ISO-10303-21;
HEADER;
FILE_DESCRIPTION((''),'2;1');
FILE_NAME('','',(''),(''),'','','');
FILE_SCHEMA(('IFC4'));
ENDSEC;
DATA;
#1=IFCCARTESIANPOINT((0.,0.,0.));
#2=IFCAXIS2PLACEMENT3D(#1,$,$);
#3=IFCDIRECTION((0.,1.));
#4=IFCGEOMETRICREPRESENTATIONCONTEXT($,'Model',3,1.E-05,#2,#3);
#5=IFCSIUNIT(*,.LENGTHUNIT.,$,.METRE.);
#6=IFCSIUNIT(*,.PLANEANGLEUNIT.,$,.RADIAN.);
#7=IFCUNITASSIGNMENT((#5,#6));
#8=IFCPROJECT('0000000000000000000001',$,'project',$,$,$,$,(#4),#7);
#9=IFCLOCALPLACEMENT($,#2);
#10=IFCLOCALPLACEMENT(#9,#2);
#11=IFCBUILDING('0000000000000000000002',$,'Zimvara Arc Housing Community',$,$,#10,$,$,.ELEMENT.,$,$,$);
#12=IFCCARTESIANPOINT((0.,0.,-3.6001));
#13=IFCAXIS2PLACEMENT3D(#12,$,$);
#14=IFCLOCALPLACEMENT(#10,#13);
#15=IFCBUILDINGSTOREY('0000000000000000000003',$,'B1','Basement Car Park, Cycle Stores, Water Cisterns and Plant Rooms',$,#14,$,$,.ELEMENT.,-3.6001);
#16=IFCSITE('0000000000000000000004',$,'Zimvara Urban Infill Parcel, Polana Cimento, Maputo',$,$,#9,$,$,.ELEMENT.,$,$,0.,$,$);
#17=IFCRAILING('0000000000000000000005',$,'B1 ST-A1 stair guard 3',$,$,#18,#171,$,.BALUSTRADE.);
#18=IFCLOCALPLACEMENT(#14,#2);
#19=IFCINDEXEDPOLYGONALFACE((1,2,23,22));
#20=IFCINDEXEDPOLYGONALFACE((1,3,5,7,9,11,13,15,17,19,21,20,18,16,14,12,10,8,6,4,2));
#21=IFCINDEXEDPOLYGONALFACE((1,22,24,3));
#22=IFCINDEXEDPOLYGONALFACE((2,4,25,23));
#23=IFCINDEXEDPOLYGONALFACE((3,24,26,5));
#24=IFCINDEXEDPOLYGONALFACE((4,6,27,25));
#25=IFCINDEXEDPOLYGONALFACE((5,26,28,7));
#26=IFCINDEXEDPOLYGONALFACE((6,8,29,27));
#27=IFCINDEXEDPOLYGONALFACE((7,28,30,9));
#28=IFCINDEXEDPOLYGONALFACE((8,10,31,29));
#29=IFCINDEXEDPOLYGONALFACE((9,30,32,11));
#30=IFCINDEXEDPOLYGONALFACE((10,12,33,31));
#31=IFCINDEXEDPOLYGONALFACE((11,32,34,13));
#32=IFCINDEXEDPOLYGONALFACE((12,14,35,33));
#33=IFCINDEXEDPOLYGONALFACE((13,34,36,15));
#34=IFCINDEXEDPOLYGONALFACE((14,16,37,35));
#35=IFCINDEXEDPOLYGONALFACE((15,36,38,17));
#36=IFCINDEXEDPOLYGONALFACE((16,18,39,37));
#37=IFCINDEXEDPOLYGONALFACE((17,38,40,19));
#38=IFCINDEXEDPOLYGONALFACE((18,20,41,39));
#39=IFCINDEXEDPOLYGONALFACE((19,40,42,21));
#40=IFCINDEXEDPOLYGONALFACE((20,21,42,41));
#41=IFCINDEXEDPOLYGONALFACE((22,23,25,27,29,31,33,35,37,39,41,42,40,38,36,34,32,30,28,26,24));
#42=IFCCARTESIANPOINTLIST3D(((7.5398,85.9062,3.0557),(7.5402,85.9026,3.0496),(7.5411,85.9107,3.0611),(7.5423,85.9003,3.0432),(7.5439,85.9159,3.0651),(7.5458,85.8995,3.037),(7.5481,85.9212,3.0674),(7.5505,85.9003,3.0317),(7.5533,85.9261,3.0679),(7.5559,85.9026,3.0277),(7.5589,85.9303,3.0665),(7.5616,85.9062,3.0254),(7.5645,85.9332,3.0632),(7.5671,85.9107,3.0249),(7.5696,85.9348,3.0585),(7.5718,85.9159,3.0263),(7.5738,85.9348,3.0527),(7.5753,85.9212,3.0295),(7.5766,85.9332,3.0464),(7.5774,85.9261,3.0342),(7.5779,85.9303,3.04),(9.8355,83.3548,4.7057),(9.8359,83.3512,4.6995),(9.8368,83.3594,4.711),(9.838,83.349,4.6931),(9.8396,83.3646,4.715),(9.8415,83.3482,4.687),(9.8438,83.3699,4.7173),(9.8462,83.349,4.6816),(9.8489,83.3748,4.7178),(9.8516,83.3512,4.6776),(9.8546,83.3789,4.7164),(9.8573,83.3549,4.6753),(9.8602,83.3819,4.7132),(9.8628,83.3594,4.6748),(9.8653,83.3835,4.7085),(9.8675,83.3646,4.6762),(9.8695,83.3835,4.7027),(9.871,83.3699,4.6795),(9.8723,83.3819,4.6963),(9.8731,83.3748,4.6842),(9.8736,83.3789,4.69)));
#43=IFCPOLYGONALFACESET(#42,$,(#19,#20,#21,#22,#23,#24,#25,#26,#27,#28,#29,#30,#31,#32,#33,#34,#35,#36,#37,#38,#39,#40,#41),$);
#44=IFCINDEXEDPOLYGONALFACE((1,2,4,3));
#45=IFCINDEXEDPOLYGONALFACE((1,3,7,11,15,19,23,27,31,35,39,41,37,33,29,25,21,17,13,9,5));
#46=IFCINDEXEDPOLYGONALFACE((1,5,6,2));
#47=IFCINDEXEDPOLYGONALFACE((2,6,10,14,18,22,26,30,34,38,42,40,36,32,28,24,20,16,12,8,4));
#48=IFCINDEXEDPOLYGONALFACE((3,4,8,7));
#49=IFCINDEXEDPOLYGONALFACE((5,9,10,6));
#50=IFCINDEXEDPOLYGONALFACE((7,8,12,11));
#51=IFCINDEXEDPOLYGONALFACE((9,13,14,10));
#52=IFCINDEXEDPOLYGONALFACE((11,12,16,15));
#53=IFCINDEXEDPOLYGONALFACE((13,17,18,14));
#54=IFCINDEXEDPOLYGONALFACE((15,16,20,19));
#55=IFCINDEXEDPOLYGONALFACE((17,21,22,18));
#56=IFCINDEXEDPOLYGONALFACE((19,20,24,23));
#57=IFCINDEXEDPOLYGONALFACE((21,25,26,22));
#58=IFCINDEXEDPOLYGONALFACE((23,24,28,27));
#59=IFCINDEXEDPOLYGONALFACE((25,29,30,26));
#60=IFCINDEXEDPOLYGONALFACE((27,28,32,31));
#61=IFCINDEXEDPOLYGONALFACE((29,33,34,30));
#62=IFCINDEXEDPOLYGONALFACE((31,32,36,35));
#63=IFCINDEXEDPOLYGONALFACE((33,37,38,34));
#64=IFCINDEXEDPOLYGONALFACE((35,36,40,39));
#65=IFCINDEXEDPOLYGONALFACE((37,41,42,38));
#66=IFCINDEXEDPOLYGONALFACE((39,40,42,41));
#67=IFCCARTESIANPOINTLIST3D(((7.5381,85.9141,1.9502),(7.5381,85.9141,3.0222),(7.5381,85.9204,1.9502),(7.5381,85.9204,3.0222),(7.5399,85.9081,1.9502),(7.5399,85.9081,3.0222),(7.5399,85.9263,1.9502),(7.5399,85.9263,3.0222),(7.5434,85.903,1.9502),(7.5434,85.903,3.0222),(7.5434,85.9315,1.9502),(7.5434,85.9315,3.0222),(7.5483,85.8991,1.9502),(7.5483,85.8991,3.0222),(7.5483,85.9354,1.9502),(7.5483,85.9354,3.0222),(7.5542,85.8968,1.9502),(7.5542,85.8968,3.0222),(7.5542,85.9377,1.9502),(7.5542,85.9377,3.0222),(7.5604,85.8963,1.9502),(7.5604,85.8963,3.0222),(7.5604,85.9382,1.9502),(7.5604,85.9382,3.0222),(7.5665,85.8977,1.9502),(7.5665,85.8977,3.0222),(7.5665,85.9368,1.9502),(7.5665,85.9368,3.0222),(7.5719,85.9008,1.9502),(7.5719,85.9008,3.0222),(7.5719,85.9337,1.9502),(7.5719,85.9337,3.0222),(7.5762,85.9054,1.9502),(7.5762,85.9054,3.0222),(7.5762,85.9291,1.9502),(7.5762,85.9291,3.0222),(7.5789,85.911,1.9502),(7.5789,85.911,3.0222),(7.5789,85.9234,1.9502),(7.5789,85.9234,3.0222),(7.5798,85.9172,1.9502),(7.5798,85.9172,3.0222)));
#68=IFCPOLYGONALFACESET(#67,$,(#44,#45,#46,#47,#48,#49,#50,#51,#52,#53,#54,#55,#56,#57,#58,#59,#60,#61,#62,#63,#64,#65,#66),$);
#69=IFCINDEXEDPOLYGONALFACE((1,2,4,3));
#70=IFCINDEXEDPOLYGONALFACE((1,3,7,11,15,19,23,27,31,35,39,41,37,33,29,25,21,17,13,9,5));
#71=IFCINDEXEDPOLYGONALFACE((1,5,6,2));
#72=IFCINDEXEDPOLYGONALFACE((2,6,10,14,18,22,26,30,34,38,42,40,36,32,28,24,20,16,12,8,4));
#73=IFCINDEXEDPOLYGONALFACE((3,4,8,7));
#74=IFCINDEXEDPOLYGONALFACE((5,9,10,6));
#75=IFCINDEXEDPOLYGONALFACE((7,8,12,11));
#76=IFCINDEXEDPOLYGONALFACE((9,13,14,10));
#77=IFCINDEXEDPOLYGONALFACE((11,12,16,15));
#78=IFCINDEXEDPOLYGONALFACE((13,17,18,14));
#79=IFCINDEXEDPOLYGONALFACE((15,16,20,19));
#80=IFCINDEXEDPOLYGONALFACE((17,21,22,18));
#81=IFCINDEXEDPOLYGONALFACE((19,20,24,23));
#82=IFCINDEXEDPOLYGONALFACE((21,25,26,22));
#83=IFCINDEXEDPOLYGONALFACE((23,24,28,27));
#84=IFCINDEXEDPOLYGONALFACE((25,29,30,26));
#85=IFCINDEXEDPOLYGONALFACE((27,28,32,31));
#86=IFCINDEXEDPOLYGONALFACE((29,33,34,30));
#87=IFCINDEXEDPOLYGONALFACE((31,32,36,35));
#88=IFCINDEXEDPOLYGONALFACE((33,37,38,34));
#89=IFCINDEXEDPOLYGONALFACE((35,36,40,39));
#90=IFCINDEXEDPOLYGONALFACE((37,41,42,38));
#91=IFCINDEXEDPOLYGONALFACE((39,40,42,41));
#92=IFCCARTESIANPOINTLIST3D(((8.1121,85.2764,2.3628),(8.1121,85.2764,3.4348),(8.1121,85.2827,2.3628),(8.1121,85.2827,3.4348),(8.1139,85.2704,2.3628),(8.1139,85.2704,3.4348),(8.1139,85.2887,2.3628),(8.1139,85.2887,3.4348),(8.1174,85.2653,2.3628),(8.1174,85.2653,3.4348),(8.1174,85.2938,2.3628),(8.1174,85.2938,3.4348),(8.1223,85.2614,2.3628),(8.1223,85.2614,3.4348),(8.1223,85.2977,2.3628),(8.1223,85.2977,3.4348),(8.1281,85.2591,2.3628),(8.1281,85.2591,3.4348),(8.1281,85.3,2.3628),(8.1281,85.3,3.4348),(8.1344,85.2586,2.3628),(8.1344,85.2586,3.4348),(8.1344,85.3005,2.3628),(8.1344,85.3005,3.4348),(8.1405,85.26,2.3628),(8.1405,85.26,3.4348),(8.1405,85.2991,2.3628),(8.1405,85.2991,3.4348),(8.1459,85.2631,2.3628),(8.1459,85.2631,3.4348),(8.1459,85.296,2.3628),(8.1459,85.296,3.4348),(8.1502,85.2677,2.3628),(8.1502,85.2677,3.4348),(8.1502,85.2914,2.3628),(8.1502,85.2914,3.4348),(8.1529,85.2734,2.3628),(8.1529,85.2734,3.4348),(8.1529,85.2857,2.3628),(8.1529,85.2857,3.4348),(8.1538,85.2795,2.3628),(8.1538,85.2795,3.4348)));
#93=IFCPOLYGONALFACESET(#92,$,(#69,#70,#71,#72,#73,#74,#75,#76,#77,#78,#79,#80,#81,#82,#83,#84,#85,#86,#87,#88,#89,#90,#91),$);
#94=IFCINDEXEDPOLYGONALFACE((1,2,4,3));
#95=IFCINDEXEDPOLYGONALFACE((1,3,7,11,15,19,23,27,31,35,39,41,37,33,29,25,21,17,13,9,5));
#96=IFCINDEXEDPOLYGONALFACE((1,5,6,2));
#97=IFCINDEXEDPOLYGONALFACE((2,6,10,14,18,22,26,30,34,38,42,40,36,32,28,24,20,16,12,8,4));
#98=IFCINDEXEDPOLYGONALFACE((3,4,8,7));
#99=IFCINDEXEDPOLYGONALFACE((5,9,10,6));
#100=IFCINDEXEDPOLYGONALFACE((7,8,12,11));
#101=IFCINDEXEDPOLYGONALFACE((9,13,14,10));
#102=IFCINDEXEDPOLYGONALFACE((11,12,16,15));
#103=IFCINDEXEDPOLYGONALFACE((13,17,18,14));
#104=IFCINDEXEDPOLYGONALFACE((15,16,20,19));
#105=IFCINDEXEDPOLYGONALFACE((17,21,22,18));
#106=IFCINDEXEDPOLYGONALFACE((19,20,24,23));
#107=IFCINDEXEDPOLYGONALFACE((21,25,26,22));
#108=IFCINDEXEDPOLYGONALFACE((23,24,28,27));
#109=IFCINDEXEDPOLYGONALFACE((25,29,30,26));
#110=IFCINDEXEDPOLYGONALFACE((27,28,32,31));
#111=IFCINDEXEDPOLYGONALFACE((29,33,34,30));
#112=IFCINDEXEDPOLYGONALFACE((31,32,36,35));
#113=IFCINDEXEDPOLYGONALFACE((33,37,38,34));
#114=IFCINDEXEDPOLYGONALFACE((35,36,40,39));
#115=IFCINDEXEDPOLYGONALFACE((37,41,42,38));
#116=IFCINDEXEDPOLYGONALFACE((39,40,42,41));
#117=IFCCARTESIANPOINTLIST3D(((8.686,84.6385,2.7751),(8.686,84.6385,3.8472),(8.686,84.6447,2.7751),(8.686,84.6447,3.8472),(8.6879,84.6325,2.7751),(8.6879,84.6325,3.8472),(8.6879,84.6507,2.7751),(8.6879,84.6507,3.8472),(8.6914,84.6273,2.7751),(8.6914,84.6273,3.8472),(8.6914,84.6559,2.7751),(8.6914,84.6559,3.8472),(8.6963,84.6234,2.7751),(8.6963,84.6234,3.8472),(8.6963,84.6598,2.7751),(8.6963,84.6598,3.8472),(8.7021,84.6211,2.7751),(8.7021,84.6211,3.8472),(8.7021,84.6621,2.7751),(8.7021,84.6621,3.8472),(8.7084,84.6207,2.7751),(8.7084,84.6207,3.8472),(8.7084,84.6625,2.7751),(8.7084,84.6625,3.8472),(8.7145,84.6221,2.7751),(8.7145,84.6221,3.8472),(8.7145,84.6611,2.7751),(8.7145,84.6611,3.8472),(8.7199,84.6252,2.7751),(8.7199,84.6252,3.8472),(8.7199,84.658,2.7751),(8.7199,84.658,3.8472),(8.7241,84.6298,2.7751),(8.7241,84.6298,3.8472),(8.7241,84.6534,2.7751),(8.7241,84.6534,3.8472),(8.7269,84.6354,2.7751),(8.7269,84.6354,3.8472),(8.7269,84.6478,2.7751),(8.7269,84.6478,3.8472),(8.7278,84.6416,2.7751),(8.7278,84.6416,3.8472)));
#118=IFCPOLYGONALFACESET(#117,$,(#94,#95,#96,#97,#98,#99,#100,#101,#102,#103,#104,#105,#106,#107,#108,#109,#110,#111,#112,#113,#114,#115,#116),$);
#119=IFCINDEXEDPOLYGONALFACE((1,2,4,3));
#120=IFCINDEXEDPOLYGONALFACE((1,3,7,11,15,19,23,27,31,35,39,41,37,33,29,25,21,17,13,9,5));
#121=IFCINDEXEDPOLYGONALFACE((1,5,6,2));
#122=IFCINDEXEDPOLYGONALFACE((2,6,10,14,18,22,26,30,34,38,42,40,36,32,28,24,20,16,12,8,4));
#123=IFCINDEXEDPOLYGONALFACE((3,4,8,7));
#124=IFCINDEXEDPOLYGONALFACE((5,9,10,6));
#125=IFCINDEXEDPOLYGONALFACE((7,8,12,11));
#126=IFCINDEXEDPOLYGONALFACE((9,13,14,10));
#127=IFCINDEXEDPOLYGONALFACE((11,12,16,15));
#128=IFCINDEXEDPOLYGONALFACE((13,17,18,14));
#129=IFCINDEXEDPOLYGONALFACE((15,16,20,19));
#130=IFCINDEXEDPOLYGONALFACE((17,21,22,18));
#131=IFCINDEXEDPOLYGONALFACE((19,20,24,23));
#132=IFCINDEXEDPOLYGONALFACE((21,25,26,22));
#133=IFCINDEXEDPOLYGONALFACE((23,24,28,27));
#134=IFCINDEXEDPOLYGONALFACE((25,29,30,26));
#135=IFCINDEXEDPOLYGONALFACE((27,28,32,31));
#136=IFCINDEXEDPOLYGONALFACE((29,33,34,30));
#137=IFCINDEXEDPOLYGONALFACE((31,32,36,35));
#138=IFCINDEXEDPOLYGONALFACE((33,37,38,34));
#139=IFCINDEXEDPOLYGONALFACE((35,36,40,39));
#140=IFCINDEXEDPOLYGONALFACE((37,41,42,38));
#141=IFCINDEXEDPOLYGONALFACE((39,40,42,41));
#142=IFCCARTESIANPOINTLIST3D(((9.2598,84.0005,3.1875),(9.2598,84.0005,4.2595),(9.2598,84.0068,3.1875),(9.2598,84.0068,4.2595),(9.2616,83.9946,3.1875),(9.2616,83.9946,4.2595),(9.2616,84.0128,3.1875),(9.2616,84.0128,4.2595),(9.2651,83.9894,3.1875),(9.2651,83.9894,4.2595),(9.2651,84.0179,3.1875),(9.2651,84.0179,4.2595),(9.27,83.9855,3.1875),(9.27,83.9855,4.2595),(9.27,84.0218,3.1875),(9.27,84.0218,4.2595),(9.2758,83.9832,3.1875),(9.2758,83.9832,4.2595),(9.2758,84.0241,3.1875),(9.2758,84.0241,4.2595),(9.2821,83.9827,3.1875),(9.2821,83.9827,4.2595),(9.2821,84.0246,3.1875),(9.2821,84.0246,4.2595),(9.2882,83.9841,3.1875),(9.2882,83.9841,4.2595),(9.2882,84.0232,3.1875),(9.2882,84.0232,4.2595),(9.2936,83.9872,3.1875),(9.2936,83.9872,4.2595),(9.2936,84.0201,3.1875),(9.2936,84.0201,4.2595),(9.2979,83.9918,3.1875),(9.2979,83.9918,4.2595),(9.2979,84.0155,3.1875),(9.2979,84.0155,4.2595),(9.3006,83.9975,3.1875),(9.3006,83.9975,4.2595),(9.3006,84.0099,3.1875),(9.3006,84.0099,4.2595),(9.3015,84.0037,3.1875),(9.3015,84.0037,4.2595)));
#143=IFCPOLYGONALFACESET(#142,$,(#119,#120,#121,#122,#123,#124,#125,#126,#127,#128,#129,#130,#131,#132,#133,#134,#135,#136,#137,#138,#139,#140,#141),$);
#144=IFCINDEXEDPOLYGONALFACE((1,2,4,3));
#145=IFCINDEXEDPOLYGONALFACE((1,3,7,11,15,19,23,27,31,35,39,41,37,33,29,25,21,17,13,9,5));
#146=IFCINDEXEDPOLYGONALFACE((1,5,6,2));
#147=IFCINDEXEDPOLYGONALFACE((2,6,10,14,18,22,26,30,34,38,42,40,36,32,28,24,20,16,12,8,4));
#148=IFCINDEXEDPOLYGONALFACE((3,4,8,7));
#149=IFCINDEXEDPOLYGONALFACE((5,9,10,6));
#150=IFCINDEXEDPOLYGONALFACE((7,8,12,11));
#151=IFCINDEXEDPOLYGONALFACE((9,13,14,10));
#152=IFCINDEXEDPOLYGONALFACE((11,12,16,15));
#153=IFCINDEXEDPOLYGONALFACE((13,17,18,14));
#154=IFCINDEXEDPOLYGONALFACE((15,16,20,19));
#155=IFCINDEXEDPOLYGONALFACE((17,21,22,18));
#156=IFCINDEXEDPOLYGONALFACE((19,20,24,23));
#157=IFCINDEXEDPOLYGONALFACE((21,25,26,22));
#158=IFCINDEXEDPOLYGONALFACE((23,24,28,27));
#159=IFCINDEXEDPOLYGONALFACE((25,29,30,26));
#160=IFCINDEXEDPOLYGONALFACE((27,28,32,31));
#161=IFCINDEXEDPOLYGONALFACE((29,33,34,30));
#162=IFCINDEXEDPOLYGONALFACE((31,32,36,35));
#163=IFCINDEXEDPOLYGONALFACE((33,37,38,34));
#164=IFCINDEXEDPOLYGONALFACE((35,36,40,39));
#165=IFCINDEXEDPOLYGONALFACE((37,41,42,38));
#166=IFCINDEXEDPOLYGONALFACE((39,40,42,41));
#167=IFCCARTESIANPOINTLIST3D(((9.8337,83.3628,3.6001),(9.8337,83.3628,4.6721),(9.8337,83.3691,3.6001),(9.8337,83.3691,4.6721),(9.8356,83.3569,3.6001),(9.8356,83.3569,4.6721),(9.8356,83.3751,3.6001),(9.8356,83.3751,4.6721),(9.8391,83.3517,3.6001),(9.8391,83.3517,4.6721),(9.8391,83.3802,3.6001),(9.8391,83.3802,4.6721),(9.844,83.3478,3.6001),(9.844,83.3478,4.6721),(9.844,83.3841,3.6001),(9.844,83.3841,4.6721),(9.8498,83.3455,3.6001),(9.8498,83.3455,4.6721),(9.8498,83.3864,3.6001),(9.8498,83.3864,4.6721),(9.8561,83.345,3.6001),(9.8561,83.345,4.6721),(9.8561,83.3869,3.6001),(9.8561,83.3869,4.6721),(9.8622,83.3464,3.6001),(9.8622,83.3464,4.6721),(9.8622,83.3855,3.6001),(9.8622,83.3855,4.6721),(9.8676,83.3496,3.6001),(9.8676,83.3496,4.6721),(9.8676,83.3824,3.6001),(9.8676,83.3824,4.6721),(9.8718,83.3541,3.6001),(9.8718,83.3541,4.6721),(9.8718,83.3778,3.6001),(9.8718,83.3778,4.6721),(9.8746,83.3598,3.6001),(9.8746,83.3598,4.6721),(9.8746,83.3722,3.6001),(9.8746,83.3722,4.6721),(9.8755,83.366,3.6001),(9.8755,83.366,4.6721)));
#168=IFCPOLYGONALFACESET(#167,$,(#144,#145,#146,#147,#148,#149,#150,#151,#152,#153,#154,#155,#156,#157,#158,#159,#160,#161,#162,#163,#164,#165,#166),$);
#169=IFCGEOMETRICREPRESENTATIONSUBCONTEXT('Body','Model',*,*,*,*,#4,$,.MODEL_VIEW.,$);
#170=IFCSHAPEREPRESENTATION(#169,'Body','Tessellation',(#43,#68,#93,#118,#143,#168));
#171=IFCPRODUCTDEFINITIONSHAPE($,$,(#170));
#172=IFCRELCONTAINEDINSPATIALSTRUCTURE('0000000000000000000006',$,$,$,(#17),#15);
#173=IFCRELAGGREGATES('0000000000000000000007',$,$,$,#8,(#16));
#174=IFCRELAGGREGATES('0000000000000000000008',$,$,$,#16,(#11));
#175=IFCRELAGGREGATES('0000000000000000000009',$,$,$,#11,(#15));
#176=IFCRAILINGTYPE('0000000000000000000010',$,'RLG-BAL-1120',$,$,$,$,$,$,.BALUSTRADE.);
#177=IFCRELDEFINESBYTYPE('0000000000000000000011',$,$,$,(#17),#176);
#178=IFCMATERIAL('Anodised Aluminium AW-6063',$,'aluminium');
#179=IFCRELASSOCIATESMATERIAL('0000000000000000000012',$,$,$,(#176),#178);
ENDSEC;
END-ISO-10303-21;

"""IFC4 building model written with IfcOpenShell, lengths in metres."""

from ifc_helpers import new_model, si_unit, direction, frame, origin, origin_2d, place, context, subcontext, project, spatial, circle, extrude, material, type_object, element, save


model = new_model("IFC4")

# Units and contexts
model_context = context("Model", 3, precision=1e-05, world=origin(), true_north=direction((0.0, 1.0)))
body_context = subcontext(model_context, "Body", "Model", "MODEL_VIEW")
ifc_project = project(units=[si_unit("LENGTHUNIT", "METRE"), si_unit("PLANEANGLEUNIT", "RADIAN")], contexts=[model_context])

# Site, building, storey
site_placement = place(None, origin())
site = spatial("IfcSite", under=ifc_project, at=site_placement, Name="Zimvara Urban Infill Parcel, Polana Cimento, Maputo", CompositionType="ELEMENT", RefElevation=0.0)
building_placement = place(site_placement, origin())
building = spatial("IfcBuilding", under=site, at=building_placement, Name="Zimvara Arc Housing Community", CompositionType="ELEMENT")
storey_placement = place(building_placement, frame((0.0, 0.0, -3.6001)))
storey = spatial("IfcBuildingStorey", under=building, at=storey_placement, Name="B1", Description="Basement Car Park, Cycle Stores, Water Cisterns and Plant Rooms", CompositionType="ELEMENT", Elevation=-3.6001)

# Railing
ifc_material_1 = material(Name="Anodised Aluminium AW-6063", Category="aluminium")
railing_type_1 = type_object("IfcRailingType", Name="RLG-BAL-1120", PredefinedType="BALUSTRADE", material=ifc_material_1)
railing_1_placement = place(storey_placement, frame((7.5588, 85.9172, 1.9502)))
element("IfcRailing", 1, at=railing_1_placement, inside=storey, type_object=railing_type_1, Name="B1 ST-A1 stair guard 3", PredefinedType="BALUSTRADE", context=body_context, shape_type="SweptSolid", body=[
    extrude(circle(Radius=0.0239, at=origin_2d()), frame((0.0, 0.0, 1.0962), z_axis=(0.602844, -0.669969, 0.433268), x_axis=(0.743365, 0.668886, 0.0)), (0.0, 0.0, 1.0), 3.8081),
    extrude(circle(Radius=0.021, at=origin_2d()), origin(), (0.0, 0.0, 1.0), 1.072),
    extrude(circle(Radius=0.021, at=origin_2d()), frame((0.574, -0.6377, 0.4126)), (0.0, 0.0, 1.0), 1.072),
    extrude(circle(Radius=0.021, at=origin_2d()), frame((1.1479, -1.2756, 0.825)), (0.0, 0.0, 1.0), 1.072),
    extrude(circle(Radius=0.021, at=origin_2d()), frame((1.7217, -1.9136, 1.2373)), (0.0, 0.0, 1.0), 1.072),
    extrude(circle(Radius=0.021, at=origin_2d()), frame((2.2957, -2.5513, 1.6499)), (0.0, 0.0, 1.0), 1.072),
])

save(model, "model.ifc")
